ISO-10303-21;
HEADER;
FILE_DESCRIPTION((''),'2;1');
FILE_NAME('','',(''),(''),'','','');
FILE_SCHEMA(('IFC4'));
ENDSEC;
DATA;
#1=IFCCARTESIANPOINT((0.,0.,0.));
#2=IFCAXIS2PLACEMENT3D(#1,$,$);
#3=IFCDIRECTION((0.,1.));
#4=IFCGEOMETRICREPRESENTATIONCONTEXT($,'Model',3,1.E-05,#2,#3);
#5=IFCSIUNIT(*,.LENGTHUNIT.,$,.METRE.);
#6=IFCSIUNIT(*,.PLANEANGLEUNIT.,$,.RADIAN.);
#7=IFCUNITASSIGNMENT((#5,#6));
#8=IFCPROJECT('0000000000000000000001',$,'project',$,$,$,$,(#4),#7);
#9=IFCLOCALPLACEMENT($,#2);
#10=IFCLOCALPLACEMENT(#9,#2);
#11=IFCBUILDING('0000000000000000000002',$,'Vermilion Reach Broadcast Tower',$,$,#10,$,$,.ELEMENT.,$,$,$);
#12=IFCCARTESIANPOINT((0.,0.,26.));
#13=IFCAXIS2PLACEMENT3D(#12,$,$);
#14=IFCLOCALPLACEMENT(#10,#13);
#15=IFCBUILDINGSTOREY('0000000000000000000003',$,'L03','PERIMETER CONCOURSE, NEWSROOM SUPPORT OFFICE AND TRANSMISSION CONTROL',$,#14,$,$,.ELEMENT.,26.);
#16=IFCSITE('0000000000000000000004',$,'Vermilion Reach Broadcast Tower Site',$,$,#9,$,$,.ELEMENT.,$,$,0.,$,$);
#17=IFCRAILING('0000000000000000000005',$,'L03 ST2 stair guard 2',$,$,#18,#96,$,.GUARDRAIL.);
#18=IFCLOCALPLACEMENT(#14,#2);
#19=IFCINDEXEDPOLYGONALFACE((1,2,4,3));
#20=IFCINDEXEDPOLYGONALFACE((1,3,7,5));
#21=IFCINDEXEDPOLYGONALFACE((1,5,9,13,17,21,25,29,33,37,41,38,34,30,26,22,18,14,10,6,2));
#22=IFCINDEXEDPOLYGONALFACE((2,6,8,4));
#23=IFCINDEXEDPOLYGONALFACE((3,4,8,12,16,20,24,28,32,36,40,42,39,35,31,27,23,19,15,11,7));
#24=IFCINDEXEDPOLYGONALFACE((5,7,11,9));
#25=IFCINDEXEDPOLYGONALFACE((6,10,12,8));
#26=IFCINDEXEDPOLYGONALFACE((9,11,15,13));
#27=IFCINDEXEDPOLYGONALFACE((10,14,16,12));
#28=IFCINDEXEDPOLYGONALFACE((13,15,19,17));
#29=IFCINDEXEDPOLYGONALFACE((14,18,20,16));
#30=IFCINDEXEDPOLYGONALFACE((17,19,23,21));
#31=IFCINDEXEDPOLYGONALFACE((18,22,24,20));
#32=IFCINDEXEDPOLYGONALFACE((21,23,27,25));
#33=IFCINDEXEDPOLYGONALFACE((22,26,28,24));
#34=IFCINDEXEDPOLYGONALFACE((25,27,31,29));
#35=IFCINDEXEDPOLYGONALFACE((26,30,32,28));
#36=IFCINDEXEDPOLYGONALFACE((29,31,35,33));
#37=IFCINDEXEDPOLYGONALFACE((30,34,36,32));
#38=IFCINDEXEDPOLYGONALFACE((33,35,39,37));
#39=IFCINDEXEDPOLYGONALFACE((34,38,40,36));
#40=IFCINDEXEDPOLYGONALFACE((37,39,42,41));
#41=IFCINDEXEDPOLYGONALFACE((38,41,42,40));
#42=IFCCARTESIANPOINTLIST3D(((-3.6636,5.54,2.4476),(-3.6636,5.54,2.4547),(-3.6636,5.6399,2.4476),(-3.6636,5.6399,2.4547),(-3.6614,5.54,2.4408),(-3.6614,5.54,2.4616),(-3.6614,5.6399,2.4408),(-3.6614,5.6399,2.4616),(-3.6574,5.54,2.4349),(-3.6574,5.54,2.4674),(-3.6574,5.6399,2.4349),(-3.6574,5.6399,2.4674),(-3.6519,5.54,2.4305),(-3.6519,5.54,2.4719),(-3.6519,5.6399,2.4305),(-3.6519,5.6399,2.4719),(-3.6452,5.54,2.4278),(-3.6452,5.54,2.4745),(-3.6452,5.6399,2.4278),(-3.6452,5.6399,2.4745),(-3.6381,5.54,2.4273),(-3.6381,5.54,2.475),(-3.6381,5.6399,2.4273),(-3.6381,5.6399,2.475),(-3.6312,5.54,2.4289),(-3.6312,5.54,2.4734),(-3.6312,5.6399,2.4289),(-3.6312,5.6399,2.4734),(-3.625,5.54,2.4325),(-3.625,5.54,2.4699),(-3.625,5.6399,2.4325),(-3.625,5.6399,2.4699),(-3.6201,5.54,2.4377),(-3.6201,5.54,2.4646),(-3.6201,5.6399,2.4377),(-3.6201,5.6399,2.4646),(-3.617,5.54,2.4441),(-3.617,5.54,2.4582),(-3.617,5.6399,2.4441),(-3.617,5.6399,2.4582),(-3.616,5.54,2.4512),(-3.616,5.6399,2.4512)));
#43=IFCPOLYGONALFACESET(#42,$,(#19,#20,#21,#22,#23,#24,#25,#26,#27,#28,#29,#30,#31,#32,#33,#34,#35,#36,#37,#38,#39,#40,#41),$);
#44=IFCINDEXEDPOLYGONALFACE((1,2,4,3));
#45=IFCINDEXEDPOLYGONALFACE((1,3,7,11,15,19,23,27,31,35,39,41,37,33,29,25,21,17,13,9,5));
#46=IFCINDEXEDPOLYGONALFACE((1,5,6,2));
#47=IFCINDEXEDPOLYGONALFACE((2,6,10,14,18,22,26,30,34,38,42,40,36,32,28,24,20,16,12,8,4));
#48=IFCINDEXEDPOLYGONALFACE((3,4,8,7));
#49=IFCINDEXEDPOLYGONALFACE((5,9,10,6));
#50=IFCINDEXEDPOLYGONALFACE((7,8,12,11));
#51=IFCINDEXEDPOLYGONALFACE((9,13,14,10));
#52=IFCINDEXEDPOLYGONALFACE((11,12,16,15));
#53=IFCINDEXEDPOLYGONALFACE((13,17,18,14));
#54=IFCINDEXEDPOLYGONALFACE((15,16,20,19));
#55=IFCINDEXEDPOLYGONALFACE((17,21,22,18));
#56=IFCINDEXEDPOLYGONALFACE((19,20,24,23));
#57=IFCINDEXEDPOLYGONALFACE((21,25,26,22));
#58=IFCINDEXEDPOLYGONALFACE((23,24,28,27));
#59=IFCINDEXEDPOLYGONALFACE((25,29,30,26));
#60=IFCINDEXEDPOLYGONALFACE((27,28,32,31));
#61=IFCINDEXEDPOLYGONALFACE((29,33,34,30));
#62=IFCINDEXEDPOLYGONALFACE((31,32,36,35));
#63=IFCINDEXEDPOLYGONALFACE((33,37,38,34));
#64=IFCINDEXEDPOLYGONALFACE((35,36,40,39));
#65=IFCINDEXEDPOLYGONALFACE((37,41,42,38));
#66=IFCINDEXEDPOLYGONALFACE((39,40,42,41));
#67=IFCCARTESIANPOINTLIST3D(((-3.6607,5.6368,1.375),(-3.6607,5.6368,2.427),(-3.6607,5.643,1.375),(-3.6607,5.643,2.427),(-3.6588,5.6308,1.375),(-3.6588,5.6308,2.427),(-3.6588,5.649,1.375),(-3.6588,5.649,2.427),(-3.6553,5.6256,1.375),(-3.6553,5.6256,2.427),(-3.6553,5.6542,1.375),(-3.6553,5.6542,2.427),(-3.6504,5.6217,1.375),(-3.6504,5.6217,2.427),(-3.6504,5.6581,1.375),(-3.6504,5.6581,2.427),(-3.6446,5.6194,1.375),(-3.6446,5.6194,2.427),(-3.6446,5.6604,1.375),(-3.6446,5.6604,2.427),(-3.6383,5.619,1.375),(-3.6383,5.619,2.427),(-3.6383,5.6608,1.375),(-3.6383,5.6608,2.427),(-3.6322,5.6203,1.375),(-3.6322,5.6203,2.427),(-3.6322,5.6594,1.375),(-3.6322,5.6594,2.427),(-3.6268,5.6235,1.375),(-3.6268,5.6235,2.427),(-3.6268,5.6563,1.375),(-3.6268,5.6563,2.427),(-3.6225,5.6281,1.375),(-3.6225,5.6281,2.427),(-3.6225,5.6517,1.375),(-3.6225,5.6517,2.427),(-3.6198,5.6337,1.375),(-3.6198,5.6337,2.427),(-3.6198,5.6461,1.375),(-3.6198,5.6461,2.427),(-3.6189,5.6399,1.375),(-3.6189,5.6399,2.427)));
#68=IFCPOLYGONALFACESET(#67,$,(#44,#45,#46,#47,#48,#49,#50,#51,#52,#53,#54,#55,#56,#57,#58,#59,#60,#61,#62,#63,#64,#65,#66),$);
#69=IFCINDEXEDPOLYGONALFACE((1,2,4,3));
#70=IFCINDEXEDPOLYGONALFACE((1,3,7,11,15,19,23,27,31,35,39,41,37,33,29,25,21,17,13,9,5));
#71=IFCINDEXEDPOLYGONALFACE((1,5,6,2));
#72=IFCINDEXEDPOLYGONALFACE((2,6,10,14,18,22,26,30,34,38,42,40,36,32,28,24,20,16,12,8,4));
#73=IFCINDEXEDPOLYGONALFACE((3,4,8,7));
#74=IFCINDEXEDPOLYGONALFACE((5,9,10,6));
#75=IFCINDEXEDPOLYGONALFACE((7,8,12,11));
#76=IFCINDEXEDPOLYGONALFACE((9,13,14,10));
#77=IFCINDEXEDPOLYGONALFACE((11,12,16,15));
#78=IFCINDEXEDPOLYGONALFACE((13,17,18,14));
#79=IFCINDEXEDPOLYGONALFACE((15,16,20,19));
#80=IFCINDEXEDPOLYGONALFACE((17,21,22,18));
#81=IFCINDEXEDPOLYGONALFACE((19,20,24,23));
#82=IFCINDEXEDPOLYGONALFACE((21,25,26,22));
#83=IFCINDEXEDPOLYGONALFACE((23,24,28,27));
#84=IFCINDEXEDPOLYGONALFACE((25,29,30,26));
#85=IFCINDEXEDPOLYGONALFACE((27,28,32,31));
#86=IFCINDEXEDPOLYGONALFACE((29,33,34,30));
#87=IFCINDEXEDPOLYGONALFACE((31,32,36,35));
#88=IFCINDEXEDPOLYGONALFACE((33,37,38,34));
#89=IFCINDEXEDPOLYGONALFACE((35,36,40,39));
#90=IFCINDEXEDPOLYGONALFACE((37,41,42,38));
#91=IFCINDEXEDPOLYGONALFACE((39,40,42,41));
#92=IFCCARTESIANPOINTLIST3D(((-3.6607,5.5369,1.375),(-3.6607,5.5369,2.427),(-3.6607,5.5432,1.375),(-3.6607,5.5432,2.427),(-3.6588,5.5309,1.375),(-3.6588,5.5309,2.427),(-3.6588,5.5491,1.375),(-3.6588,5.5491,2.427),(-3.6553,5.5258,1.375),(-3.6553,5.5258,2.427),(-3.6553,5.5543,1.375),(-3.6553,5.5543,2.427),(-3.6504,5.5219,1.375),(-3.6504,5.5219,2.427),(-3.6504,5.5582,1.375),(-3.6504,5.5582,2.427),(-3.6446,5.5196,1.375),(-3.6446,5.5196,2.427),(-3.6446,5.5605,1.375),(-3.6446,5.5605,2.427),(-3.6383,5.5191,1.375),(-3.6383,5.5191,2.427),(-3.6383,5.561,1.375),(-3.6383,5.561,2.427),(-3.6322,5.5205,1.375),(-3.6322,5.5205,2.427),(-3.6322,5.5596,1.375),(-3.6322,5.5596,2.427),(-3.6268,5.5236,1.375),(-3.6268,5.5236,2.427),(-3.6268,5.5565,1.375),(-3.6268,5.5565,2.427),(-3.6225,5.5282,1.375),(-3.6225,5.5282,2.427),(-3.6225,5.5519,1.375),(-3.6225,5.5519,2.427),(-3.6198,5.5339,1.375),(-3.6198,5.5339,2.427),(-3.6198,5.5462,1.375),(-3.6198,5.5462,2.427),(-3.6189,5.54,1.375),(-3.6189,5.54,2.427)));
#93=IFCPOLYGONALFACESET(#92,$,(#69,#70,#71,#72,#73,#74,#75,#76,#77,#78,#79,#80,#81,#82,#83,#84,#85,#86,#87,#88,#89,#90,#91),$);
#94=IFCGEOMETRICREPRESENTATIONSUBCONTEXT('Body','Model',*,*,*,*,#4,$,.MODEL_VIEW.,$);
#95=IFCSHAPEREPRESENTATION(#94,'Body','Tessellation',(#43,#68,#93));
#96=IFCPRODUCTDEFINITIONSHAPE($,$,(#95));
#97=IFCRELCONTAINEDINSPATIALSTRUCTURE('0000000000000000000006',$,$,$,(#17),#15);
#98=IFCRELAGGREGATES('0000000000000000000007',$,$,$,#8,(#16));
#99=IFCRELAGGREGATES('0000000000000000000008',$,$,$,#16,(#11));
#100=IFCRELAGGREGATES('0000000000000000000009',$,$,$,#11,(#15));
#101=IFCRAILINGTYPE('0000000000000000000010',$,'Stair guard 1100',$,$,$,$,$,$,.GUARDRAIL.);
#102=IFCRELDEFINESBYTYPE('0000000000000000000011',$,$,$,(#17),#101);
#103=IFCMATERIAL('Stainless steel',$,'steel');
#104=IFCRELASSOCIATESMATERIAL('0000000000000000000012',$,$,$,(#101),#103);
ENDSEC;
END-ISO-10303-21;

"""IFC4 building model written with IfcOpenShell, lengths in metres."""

from ifc_helpers import new_model, si_unit, direction, frame, origin, origin_2d, place, context, subcontext, project, spatial, circle, extrude, material, type_object, element, save


model = new_model("IFC4")

# Units and contexts
model_context = context("Model", 3, precision=1e-05, world=origin(), true_north=direction((0.0, 1.0)))
body_context = subcontext(model_context, "Body", "Model", "MODEL_VIEW")
ifc_project = project(units=[si_unit("LENGTHUNIT", "METRE"), si_unit("PLANEANGLEUNIT", "RADIAN")], contexts=[model_context])

# Site, building, storey
site_placement = place(None, origin())
site = spatial("IfcSite", under=ifc_project, at=site_placement, Name="Vermilion Reach Broadcast Tower Site", CompositionType="ELEMENT", RefElevation=0.0)
building_placement = place(site_placement, origin())
building = spatial("IfcBuilding", under=site, at=building_placement, Name="Vermilion Reach Broadcast Tower", CompositionType="ELEMENT")
storey_placement = place(building_placement, frame((0.0, 0.0, 26.0)))
storey = spatial("IfcBuildingStorey", under=building, at=storey_placement, Name="L03", Description="PERIMETER CONCOURSE, NEWSROOM SUPPORT OFFICE AND TRANSMISSION CONTROL", CompositionType="ELEMENT", Elevation=26.0)

# Railing
ifc_material_1 = material(Name="Stainless steel", Category="steel")
railing_type_1 = type_object("IfcRailingType", Name="Stair guard 1100", PredefinedType="GUARDRAIL", material=ifc_material_1)
railing_1_placement = place(storey_placement, frame((-3.6399, 5.6399, 1.375)))
element("IfcRailing", 1, at=railing_1_placement, inside=storey, type_object=railing_type_1, Name="L03 ST2 stair guard 2", PredefinedType="GUARDRAIL", context=body_context, shape_type="SweptSolid", body=[
    extrude(circle(Radius=0.0239, at=origin_2d()), frame((0.0, 0.0, 1.0762), z_axis=(0.0, -1.0, 0.0), x_axis=(1.0, 0.0, 0.0)), (0.0, 0.0, 1.0), 0.0999),
    extrude(circle(Radius=0.021, at=origin_2d()), origin(), (0.0, 0.0, 1.0), 1.052),
    extrude(circle(Radius=0.021, at=origin_2d()), frame((0.0, -0.0999, 0.0)), (0.0, 0.0, 1.0), 1.052),
])

save(model, "model.ifc")
